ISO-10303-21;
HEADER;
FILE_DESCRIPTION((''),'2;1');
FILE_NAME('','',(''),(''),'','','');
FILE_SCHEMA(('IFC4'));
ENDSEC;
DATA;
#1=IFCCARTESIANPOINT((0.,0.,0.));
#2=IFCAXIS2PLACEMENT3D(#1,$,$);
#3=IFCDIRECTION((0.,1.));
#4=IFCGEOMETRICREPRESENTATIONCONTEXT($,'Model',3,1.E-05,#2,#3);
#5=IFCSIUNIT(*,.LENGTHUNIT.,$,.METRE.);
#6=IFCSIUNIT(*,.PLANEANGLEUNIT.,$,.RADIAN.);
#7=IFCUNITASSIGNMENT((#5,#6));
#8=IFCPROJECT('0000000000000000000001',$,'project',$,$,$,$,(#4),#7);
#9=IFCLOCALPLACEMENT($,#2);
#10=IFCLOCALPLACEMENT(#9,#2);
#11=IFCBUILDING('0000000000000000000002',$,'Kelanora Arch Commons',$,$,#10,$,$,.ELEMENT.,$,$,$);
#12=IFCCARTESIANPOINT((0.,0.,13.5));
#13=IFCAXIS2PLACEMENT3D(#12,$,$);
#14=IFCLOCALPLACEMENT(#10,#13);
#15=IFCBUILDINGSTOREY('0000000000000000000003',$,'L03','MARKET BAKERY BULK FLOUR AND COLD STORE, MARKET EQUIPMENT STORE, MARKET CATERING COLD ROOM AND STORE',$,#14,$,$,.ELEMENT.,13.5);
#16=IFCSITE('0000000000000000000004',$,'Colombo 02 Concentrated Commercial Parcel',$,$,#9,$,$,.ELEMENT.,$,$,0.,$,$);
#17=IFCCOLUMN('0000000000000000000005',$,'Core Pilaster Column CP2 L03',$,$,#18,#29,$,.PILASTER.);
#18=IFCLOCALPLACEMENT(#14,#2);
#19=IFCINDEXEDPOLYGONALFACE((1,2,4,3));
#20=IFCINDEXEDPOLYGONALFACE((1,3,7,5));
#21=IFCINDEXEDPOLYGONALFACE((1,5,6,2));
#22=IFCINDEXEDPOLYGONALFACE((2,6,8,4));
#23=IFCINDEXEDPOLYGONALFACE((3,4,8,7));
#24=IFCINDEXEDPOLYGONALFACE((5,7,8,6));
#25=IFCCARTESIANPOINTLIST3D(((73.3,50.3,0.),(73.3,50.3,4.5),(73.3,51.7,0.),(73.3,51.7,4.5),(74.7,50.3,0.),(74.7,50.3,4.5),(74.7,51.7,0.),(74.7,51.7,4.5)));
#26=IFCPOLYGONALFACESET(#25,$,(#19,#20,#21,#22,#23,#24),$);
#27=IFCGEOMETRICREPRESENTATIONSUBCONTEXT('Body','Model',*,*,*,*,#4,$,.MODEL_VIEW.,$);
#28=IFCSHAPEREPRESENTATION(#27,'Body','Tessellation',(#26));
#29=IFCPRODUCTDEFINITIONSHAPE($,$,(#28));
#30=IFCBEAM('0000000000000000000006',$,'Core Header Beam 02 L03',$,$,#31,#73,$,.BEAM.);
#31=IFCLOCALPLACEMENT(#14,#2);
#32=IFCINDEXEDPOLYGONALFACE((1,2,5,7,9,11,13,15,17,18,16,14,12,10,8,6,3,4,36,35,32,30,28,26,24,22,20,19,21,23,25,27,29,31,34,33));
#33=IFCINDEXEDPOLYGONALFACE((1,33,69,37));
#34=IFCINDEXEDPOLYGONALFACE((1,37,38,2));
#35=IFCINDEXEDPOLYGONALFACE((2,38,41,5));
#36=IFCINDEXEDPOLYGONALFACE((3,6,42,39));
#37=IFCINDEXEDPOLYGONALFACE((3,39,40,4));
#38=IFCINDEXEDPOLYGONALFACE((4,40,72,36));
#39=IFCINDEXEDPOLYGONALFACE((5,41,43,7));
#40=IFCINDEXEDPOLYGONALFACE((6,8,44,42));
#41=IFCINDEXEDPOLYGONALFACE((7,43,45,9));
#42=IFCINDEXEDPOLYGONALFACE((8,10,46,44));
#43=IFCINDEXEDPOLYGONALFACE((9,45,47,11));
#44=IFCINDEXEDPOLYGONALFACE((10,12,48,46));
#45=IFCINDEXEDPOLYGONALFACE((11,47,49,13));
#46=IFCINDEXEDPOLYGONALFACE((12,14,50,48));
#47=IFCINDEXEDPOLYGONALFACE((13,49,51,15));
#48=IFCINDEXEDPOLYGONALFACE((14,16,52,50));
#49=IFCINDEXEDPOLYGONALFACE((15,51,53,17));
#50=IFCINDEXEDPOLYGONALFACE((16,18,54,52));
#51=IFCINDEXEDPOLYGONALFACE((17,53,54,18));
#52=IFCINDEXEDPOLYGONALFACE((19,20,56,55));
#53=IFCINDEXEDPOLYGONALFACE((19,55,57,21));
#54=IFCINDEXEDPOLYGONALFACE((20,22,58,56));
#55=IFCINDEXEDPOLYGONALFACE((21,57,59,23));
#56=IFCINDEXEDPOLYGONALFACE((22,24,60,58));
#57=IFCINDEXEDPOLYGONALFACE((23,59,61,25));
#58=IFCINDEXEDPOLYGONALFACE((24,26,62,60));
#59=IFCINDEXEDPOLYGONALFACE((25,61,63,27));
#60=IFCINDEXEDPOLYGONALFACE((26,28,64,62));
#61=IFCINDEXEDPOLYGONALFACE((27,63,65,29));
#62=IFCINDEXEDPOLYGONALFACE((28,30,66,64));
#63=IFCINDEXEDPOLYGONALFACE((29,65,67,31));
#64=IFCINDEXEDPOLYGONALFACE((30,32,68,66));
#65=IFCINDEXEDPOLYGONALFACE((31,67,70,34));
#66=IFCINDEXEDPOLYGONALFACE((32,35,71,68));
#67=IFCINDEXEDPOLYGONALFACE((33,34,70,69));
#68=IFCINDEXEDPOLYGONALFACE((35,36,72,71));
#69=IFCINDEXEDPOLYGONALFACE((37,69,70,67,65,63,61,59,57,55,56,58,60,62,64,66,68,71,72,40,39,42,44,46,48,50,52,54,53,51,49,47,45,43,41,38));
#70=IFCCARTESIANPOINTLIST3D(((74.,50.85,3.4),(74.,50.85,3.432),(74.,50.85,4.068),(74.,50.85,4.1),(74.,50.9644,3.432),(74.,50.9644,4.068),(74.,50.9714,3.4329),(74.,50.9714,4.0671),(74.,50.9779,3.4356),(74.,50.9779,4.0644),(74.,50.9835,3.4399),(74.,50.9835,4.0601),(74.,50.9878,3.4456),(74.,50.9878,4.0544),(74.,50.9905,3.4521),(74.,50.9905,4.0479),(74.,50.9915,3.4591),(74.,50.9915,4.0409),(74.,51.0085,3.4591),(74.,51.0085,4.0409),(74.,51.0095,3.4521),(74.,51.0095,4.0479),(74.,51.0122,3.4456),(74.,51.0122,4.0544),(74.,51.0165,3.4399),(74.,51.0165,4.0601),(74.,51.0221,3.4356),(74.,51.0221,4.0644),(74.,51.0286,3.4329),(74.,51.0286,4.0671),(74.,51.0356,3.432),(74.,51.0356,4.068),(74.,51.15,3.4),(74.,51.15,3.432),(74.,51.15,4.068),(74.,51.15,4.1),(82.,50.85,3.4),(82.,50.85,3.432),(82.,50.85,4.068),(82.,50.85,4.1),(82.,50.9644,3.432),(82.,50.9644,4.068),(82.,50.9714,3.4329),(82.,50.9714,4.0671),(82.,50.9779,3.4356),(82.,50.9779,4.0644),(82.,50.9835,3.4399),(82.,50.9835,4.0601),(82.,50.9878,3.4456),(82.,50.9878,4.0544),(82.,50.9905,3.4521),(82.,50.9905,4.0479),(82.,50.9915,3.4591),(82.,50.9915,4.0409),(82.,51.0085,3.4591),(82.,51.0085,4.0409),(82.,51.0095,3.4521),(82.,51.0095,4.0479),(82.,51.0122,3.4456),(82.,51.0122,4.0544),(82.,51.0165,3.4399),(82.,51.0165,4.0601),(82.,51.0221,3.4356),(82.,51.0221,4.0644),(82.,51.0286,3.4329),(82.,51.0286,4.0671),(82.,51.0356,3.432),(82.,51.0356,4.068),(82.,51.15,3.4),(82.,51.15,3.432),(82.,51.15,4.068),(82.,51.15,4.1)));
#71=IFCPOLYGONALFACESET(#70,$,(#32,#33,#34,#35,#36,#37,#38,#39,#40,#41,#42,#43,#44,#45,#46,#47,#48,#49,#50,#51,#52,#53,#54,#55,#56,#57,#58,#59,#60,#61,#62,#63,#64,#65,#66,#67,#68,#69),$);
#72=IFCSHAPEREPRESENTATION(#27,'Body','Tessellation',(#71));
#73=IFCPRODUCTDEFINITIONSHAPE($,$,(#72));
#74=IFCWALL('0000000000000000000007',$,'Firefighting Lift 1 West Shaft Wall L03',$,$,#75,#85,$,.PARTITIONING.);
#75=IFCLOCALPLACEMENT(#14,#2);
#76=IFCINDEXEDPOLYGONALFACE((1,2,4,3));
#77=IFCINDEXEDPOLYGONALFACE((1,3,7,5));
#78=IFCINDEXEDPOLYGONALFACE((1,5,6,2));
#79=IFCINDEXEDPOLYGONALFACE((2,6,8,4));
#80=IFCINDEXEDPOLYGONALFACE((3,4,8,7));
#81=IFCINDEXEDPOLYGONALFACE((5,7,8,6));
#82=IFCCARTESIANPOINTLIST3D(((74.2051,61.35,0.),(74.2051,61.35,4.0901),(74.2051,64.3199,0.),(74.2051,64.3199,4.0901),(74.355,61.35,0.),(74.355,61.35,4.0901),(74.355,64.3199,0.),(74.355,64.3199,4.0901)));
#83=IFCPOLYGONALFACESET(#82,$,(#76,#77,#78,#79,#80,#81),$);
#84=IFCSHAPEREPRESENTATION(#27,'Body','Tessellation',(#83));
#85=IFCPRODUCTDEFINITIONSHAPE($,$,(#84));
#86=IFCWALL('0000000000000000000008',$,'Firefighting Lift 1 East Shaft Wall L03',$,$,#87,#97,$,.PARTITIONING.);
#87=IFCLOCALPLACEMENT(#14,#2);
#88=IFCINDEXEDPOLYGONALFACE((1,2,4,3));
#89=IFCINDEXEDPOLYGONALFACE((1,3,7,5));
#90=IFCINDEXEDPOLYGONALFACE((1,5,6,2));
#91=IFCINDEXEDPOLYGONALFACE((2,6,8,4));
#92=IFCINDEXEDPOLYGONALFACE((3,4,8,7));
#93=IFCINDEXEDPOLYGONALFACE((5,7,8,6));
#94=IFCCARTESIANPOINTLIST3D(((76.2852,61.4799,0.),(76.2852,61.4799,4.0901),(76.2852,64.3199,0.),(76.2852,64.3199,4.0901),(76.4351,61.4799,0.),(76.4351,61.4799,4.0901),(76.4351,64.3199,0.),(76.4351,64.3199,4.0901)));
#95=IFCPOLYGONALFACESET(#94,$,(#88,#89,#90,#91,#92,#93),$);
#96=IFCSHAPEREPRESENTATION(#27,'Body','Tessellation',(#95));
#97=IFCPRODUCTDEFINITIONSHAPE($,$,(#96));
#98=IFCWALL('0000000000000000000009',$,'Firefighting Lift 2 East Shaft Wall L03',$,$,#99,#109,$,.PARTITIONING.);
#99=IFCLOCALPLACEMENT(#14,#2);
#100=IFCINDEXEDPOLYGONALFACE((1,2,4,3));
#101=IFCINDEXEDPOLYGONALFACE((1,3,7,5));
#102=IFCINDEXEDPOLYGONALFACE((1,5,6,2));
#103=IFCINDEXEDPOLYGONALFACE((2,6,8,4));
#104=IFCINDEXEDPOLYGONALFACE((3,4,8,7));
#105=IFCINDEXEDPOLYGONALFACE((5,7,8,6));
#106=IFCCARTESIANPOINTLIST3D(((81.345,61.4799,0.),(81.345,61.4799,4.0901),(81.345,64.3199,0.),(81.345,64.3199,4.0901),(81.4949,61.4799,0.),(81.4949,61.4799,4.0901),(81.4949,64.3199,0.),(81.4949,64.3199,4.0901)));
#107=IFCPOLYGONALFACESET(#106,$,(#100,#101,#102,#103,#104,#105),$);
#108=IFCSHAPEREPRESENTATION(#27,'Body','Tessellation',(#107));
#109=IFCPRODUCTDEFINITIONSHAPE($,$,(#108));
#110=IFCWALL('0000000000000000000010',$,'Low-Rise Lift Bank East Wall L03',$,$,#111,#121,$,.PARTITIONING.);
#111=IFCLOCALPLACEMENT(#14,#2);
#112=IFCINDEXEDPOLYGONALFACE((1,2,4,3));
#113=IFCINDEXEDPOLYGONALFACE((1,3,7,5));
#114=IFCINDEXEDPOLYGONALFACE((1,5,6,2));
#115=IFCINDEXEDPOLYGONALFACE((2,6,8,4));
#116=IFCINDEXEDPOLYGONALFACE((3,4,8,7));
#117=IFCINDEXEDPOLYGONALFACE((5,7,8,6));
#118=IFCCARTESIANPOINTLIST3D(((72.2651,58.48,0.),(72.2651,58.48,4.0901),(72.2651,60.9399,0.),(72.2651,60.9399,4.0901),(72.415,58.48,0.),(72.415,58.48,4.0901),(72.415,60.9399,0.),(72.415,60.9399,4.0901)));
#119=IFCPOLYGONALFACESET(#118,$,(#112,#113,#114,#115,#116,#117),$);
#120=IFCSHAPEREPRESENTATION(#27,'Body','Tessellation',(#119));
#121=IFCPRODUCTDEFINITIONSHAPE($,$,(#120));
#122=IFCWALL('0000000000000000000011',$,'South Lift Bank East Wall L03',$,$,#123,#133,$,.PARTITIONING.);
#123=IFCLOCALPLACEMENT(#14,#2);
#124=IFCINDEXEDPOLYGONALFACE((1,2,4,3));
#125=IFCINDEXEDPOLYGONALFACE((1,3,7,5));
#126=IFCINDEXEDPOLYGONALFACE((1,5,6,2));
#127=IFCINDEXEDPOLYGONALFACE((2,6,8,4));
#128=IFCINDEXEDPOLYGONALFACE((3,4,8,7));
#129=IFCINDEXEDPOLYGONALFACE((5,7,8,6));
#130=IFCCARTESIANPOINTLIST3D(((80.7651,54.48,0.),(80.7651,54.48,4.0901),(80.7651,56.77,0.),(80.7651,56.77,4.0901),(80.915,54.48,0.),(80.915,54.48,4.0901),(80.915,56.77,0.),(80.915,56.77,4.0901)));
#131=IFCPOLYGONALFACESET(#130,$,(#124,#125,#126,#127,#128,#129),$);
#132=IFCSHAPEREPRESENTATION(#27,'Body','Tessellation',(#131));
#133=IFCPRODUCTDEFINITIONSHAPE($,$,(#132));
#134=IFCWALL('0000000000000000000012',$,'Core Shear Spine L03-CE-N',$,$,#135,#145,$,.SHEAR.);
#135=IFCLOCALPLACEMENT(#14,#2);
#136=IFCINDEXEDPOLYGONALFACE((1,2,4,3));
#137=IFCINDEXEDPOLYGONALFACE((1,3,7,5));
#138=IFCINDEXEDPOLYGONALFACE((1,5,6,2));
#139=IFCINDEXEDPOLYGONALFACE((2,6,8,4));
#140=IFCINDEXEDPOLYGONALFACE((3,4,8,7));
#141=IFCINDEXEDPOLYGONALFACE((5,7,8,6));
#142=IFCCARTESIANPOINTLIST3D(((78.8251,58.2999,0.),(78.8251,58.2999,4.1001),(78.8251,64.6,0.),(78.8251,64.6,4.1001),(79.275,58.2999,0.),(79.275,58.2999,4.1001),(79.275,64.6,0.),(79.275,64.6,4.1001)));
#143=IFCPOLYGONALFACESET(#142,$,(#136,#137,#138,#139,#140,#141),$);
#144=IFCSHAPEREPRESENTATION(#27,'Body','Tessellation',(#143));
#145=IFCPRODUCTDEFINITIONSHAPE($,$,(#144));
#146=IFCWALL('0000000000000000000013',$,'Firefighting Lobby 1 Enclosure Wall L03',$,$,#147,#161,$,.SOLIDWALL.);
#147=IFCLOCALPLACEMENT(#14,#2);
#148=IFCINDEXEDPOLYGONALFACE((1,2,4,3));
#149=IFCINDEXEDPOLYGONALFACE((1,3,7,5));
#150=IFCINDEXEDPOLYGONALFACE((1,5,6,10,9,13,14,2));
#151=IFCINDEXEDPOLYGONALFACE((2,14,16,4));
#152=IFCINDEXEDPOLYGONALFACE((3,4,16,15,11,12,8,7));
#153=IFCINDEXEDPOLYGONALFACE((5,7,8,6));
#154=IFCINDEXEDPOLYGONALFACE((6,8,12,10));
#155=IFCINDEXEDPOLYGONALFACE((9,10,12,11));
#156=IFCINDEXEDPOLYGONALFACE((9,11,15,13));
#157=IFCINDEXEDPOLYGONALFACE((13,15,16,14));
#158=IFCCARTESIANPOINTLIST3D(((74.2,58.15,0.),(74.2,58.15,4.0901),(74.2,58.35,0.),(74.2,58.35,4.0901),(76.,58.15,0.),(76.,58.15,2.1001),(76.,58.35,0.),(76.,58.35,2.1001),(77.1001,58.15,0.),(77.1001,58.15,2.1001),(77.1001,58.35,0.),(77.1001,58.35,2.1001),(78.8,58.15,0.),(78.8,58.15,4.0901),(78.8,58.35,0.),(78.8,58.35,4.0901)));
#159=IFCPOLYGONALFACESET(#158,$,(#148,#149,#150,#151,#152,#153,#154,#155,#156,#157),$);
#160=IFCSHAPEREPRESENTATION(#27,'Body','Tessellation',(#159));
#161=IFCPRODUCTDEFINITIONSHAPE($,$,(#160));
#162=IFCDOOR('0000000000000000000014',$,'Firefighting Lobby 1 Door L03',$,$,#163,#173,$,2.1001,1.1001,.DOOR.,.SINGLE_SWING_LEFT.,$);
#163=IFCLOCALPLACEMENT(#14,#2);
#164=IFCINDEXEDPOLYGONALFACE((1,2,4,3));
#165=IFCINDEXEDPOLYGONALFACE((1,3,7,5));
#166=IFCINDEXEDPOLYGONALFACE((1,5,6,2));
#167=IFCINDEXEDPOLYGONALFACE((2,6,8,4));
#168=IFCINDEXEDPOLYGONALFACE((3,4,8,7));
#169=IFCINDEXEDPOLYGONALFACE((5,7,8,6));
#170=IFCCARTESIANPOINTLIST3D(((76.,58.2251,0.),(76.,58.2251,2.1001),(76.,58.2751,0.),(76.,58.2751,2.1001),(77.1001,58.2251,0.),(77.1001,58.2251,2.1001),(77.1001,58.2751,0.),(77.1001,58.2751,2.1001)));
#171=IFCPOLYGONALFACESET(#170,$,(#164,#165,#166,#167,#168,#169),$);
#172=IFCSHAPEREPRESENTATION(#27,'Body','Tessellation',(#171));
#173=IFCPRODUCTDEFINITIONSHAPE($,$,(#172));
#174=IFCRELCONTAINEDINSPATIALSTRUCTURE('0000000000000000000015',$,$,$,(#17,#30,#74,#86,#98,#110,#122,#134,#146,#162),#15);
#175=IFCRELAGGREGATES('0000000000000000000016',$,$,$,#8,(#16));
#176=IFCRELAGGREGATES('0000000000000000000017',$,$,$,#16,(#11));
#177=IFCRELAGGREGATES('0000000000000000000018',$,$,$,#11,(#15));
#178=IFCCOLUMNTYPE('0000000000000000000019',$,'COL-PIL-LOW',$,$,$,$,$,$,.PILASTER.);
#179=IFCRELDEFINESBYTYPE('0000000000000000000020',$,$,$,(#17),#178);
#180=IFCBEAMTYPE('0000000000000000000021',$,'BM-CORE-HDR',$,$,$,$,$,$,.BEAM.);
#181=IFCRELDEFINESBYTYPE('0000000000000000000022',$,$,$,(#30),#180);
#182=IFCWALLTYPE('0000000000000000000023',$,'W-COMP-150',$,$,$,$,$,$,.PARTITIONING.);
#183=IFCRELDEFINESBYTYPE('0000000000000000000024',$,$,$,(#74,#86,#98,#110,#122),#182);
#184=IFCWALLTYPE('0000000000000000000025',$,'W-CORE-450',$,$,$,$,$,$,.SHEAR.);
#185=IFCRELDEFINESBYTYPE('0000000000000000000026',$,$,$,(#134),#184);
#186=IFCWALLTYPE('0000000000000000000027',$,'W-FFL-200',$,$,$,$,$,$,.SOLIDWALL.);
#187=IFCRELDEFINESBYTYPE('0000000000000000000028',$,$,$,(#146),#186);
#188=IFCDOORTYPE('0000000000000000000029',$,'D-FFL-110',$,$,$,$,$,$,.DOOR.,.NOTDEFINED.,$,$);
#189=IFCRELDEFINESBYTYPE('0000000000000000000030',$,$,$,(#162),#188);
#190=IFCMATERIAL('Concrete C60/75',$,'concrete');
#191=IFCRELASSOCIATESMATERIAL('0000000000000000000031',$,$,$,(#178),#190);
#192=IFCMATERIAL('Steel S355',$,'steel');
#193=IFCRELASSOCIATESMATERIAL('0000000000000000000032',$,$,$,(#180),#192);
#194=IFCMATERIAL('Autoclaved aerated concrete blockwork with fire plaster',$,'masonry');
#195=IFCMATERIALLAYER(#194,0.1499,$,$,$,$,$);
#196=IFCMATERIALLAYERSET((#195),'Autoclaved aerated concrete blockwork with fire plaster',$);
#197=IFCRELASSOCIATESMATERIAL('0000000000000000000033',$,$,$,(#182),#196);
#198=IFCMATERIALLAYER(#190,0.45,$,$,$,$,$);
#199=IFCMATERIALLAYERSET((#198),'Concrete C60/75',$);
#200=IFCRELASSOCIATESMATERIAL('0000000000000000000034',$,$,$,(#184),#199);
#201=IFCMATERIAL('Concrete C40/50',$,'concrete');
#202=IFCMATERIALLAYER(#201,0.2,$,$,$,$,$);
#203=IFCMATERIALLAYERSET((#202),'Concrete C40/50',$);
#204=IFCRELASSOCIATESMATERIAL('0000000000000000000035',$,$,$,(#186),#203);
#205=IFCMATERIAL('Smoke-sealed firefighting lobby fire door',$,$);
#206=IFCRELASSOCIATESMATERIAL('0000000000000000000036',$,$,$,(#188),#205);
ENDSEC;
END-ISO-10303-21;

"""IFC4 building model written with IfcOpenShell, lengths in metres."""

from ifc_helpers import new_model, si_unit, direction, frame, frame_2d, origin, origin_2d, place, context, subcontext, project, spatial, rectangle, i_section, extrude, material, layer, layer_set, material_profile, profile_set, type_object, element, fill, save


model = new_model("IFC4")

# Units and contexts
model_context = context("Model", 3, precision=1e-05, world=origin(), true_north=direction((0.0, 1.0)))
body_context = subcontext(model_context, "Body", "Model", "MODEL_VIEW")
ifc_project = project(units=[si_unit("LENGTHUNIT", "METRE"), si_unit("PLANEANGLEUNIT", "RADIAN")], contexts=[model_context])

# Site, building, storey
site_placement = place(None, origin())
site = spatial("IfcSite", under=ifc_project, at=site_placement, Name="Colombo 02 Concentrated Commercial Parcel", CompositionType="ELEMENT", RefElevation=0.0)
building_placement = place(site_placement, origin())
building = spatial("IfcBuilding", under=site, at=building_placement, Name="Kelanora Arch Commons", CompositionType="ELEMENT")
storey_placement = place(building_placement, frame((0.0, 0.0, 13.5)))
storey = spatial("IfcBuildingStorey", under=building, at=storey_placement, Name="L03", Description="MARKET BAKERY BULK FLOUR AND COLD STORE, MARKET EQUIPMENT STORE, MARKET CATERING COLD ROOM AND STORE", CompositionType="ELEMENT", Elevation=13.5)

# Column
ifc_material_1 = material(Name="Concrete C60/75", Category="concrete")
ifc_material_profile_1 = material_profile(ifc_material_1, rectangle(XDim=1.3999, YDim=1.3999, at=origin_2d()), Name="RC1400x1400")
ifc_profile_set_1 = profile_set([ifc_material_profile_1], Name="Concrete C60/75")
column_type = type_object("IfcColumnType", Name="COL-PIL-LOW", PredefinedType="PILASTER", material=ifc_profile_set_1)
column_placement = place(storey_placement, frame((74.0, 51.0, 0.0), z_axis=(0.0, 0.0, 1.0), x_axis=(1.0, 0.0, 0.0)))
element("IfcColumn", 1, at=column_placement, inside=storey, type_object=column_type, Name="Core Pilaster Column CP2 L03", PredefinedType="PILASTER", context=body_context, shape_type="SweptSolid", body=[
    extrude(rectangle(XDim=1.3999, YDim=1.3999, at=origin_2d()), origin(), (0.0, 0.0, 1.0), 4.5),
])

# Beam
ifc_material_2 = material(Name="Steel S355", Category="steel")
ifc_material_profile_2 = material_profile(ifc_material_2, i_section(OverallWidth=0.3, OverallDepth=0.7, WebThickness=0.0171, FlangeThickness=0.032, FilletRadius=0.0271, at=origin_2d()), Name="HEB700")
ifc_profile_set_2 = profile_set([ifc_material_profile_2], Name="Steel S355")
beam_type = type_object("IfcBeamType", Name="BM-CORE-HDR", PredefinedType="BEAM", material=ifc_profile_set_2)
beam_placement = place(storey_placement, frame((74.0, 51.0, 3.75), z_axis=(1.0, 0.0, 0.0), x_axis=(0.0, 1.0, 0.0)))
element("IfcBeam", 2, at=beam_placement, inside=storey, type_object=beam_type, Name="Core Header Beam 02 L03", PredefinedType="BEAM", context=body_context, shape_type="SweptSolid", body=[
    extrude(i_section(OverallWidth=0.3, OverallDepth=0.7, WebThickness=0.0171, FlangeThickness=0.032, FilletRadius=0.0271, at=origin_2d()), origin(), (0.0, 0.0, 1.0), 8.0),
])

# Walls
ifc_material_3 = material(Name="Autoclaved aerated concrete blockwork with fire plaster", Category="masonry")
ifc_layer_1 = layer(ifc_material_3, 0.1499)
ifc_layer_set_1 = layer_set([ifc_layer_1], Name="Autoclaved aerated concrete blockwork with fire plaster")
wall_type_1 = type_object("IfcWallType", Name="W-COMP-150", PredefinedType="PARTITIONING", material=ifc_layer_set_1)
wall_1_placement = place(storey_placement, frame((74.28, 61.3501, 0.0), z_axis=(0.0, 0.0, 1.0), x_axis=(0.0, 1.0, 0.0)))
element("IfcWall", 3, at=wall_1_placement, inside=storey, type_object=wall_type_1, Name="Firefighting Lift 1 West Shaft Wall L03", PredefinedType="PARTITIONING", context=body_context, shape_type="SweptSolid", body=[
    extrude(rectangle(XDim=2.97, YDim=0.1499, at=frame_2d((1.4849, 0.0))), origin(), (0.0, 0.0, 1.0), 4.0901),
])
for number, where, z_axis, x_axis, name in (
    (4, (76.3601, 61.48, 0.0), (0.0, 0.0, 1.0), (0.0, 1.0, 0.0), "Firefighting Lift 1 East Shaft Wall L03"),
    (5, (81.4199, 61.48, 0.0), (0.0, 0.0, 1.0), (0.0, 1.0, 0.0), "Firefighting Lift 2 East Shaft Wall L03"),
):
    element("IfcWall", number, at=place(storey_placement, frame(where, z_axis=z_axis, x_axis=x_axis)), inside=storey, type_object=wall_type_1, Name=name, PredefinedType="PARTITIONING", context=body_context, shape_type="SweptSolid", body=[
        extrude(rectangle(XDim=2.8401, YDim=0.1499, at=frame_2d((1.4199, 0.0))), origin(), (0.0, 0.0, 1.0), 4.0901),
    ])
wall_2_placement = place(storey_placement, frame((72.3401, 58.48, 0.0), z_axis=(0.0, 0.0, 1.0), x_axis=(0.0, 1.0, 0.0)))
element("IfcWall", 6, at=wall_2_placement, inside=storey, type_object=wall_type_1, Name="Low-Rise Lift Bank East Wall L03", PredefinedType="PARTITIONING", context=body_context, shape_type="SweptSolid", body=[
    extrude(rectangle(XDim=2.46, YDim=0.1499, at=frame_2d((1.23, 0.0))), origin(), (0.0, 0.0, 1.0), 4.0901),
])
wall_3_placement = place(storey_placement, frame((80.8401, 54.48, 0.0), z_axis=(0.0, 0.0, 1.0), x_axis=(0.0, 1.0, 0.0)))
element("IfcWall", 7, at=wall_3_placement, inside=storey, type_object=wall_type_1, Name="South Lift Bank East Wall L03", PredefinedType="PARTITIONING", context=body_context, shape_type="SweptSolid", body=[
    extrude(rectangle(XDim=2.29, YDim=0.1499, at=frame_2d((1.145, 0.0))), origin(), (0.0, 0.0, 1.0), 4.0901),
])
ifc_layer_2 = layer(ifc_material_1, 0.45)
ifc_layer_set_2 = layer_set([ifc_layer_2], Name="Concrete C60/75")
wall_type_2 = type_object("IfcWallType", Name="W-CORE-450", PredefinedType="SHEAR", material=ifc_layer_set_2)
wall_4_placement = place(storey_placement, frame((79.05, 58.3, 0.0), z_axis=(0.0, 0.0, 1.0), x_axis=(0.0, 1.0, 0.0)))
element("IfcWall", 8, at=wall_4_placement, inside=storey, type_object=wall_type_2, Name="Core Shear Spine L03-CE-N", PredefinedType="SHEAR", context=body_context, shape_type="SweptSolid", body=[
    extrude(rectangle(XDim=6.3, YDim=0.45, at=frame_2d((3.1499, 0.0))), origin(), (0.0, 0.0, 1.0), 4.1001),
])

# Wall, opening, door
ifc_material_4 = material(Name="Concrete C40/50", Category="concrete")
ifc_layer_3 = layer(ifc_material_4, 0.2)
ifc_layer_set_3 = layer_set([ifc_layer_3], Name="Concrete C40/50")
wall_type_3 = type_object("IfcWallType", Name="W-FFL-200", PredefinedType="SOLIDWALL", material=ifc_layer_set_3)
wall_5_placement = place(storey_placement, frame((74.2, 58.25, 0.0), z_axis=(0.0, 0.0, 1.0), x_axis=(1.0, 0.0, 0.0)))
wall_5 = element("IfcWall", 9, at=wall_5_placement, inside=storey, type_object=wall_type_3, Name="Firefighting Lobby 1 Enclosure Wall L03", PredefinedType="SOLIDWALL", context=body_context, shape_type="SweptSolid", body=[
    extrude(rectangle(XDim=4.6001, YDim=0.2, at=frame_2d((2.3, 0.0))), origin(), (0.0, 0.0, 1.0), 4.0901),
])
opening_1_placement = place(wall_5_placement, frame((1.8, 0.0, 0.0)))
opening_1 = element("IfcOpeningElement", 10, at=opening_1_placement, cuts=wall_5, PredefinedType="OPENING", context=body_context, shape_type="SweptSolid", body=[
    extrude(rectangle(XDim=1.1001, YDim=2.1001, at=frame_2d((0.55, 1.05))), frame((0.0, 0.1099, 0.0), z_axis=(0.0, -1.0, 0.0), x_axis=(1.0, 0.0, 0.0)), (0.0, 0.0, 1.0), 0.22),
])
ifc_material_5 = material(Name="Smoke-sealed firefighting lobby fire door")
door_type_1 = type_object("IfcDoorType", Name="D-FFL-110", OperationType="NOTDEFINED", PredefinedType="DOOR", material=ifc_material_5)
door_1_placement = place(opening_1_placement, frame((1.1001, 0.0, 0.0), z_axis=(0.0, 0.0, 1.0), x_axis=(-1.0, 0.0, 0.0)))
door_1 = element("IfcDoor", 11, at=door_1_placement, inside=storey, type_object=door_type_1, Name="Firefighting Lobby 1 Door L03", OperationType="SINGLE_SWING_LEFT", OverallHeight=2.1001, OverallWidth=1.1001, PredefinedType="DOOR", context=body_context, shape_type="SweptSolid", body=[
    extrude(rectangle(XDim=1.1001, YDim=2.1001, at=frame_2d((0.55, 1.05))), frame((0.0, 0.0249, 0.0), z_axis=(0.0, -1.0, 0.0), x_axis=(1.0, 0.0, 0.0)), (0.0, 0.0, 1.0), 0.05),
])
fill(opening_1, door_1)

save(model, "model.ifc")
